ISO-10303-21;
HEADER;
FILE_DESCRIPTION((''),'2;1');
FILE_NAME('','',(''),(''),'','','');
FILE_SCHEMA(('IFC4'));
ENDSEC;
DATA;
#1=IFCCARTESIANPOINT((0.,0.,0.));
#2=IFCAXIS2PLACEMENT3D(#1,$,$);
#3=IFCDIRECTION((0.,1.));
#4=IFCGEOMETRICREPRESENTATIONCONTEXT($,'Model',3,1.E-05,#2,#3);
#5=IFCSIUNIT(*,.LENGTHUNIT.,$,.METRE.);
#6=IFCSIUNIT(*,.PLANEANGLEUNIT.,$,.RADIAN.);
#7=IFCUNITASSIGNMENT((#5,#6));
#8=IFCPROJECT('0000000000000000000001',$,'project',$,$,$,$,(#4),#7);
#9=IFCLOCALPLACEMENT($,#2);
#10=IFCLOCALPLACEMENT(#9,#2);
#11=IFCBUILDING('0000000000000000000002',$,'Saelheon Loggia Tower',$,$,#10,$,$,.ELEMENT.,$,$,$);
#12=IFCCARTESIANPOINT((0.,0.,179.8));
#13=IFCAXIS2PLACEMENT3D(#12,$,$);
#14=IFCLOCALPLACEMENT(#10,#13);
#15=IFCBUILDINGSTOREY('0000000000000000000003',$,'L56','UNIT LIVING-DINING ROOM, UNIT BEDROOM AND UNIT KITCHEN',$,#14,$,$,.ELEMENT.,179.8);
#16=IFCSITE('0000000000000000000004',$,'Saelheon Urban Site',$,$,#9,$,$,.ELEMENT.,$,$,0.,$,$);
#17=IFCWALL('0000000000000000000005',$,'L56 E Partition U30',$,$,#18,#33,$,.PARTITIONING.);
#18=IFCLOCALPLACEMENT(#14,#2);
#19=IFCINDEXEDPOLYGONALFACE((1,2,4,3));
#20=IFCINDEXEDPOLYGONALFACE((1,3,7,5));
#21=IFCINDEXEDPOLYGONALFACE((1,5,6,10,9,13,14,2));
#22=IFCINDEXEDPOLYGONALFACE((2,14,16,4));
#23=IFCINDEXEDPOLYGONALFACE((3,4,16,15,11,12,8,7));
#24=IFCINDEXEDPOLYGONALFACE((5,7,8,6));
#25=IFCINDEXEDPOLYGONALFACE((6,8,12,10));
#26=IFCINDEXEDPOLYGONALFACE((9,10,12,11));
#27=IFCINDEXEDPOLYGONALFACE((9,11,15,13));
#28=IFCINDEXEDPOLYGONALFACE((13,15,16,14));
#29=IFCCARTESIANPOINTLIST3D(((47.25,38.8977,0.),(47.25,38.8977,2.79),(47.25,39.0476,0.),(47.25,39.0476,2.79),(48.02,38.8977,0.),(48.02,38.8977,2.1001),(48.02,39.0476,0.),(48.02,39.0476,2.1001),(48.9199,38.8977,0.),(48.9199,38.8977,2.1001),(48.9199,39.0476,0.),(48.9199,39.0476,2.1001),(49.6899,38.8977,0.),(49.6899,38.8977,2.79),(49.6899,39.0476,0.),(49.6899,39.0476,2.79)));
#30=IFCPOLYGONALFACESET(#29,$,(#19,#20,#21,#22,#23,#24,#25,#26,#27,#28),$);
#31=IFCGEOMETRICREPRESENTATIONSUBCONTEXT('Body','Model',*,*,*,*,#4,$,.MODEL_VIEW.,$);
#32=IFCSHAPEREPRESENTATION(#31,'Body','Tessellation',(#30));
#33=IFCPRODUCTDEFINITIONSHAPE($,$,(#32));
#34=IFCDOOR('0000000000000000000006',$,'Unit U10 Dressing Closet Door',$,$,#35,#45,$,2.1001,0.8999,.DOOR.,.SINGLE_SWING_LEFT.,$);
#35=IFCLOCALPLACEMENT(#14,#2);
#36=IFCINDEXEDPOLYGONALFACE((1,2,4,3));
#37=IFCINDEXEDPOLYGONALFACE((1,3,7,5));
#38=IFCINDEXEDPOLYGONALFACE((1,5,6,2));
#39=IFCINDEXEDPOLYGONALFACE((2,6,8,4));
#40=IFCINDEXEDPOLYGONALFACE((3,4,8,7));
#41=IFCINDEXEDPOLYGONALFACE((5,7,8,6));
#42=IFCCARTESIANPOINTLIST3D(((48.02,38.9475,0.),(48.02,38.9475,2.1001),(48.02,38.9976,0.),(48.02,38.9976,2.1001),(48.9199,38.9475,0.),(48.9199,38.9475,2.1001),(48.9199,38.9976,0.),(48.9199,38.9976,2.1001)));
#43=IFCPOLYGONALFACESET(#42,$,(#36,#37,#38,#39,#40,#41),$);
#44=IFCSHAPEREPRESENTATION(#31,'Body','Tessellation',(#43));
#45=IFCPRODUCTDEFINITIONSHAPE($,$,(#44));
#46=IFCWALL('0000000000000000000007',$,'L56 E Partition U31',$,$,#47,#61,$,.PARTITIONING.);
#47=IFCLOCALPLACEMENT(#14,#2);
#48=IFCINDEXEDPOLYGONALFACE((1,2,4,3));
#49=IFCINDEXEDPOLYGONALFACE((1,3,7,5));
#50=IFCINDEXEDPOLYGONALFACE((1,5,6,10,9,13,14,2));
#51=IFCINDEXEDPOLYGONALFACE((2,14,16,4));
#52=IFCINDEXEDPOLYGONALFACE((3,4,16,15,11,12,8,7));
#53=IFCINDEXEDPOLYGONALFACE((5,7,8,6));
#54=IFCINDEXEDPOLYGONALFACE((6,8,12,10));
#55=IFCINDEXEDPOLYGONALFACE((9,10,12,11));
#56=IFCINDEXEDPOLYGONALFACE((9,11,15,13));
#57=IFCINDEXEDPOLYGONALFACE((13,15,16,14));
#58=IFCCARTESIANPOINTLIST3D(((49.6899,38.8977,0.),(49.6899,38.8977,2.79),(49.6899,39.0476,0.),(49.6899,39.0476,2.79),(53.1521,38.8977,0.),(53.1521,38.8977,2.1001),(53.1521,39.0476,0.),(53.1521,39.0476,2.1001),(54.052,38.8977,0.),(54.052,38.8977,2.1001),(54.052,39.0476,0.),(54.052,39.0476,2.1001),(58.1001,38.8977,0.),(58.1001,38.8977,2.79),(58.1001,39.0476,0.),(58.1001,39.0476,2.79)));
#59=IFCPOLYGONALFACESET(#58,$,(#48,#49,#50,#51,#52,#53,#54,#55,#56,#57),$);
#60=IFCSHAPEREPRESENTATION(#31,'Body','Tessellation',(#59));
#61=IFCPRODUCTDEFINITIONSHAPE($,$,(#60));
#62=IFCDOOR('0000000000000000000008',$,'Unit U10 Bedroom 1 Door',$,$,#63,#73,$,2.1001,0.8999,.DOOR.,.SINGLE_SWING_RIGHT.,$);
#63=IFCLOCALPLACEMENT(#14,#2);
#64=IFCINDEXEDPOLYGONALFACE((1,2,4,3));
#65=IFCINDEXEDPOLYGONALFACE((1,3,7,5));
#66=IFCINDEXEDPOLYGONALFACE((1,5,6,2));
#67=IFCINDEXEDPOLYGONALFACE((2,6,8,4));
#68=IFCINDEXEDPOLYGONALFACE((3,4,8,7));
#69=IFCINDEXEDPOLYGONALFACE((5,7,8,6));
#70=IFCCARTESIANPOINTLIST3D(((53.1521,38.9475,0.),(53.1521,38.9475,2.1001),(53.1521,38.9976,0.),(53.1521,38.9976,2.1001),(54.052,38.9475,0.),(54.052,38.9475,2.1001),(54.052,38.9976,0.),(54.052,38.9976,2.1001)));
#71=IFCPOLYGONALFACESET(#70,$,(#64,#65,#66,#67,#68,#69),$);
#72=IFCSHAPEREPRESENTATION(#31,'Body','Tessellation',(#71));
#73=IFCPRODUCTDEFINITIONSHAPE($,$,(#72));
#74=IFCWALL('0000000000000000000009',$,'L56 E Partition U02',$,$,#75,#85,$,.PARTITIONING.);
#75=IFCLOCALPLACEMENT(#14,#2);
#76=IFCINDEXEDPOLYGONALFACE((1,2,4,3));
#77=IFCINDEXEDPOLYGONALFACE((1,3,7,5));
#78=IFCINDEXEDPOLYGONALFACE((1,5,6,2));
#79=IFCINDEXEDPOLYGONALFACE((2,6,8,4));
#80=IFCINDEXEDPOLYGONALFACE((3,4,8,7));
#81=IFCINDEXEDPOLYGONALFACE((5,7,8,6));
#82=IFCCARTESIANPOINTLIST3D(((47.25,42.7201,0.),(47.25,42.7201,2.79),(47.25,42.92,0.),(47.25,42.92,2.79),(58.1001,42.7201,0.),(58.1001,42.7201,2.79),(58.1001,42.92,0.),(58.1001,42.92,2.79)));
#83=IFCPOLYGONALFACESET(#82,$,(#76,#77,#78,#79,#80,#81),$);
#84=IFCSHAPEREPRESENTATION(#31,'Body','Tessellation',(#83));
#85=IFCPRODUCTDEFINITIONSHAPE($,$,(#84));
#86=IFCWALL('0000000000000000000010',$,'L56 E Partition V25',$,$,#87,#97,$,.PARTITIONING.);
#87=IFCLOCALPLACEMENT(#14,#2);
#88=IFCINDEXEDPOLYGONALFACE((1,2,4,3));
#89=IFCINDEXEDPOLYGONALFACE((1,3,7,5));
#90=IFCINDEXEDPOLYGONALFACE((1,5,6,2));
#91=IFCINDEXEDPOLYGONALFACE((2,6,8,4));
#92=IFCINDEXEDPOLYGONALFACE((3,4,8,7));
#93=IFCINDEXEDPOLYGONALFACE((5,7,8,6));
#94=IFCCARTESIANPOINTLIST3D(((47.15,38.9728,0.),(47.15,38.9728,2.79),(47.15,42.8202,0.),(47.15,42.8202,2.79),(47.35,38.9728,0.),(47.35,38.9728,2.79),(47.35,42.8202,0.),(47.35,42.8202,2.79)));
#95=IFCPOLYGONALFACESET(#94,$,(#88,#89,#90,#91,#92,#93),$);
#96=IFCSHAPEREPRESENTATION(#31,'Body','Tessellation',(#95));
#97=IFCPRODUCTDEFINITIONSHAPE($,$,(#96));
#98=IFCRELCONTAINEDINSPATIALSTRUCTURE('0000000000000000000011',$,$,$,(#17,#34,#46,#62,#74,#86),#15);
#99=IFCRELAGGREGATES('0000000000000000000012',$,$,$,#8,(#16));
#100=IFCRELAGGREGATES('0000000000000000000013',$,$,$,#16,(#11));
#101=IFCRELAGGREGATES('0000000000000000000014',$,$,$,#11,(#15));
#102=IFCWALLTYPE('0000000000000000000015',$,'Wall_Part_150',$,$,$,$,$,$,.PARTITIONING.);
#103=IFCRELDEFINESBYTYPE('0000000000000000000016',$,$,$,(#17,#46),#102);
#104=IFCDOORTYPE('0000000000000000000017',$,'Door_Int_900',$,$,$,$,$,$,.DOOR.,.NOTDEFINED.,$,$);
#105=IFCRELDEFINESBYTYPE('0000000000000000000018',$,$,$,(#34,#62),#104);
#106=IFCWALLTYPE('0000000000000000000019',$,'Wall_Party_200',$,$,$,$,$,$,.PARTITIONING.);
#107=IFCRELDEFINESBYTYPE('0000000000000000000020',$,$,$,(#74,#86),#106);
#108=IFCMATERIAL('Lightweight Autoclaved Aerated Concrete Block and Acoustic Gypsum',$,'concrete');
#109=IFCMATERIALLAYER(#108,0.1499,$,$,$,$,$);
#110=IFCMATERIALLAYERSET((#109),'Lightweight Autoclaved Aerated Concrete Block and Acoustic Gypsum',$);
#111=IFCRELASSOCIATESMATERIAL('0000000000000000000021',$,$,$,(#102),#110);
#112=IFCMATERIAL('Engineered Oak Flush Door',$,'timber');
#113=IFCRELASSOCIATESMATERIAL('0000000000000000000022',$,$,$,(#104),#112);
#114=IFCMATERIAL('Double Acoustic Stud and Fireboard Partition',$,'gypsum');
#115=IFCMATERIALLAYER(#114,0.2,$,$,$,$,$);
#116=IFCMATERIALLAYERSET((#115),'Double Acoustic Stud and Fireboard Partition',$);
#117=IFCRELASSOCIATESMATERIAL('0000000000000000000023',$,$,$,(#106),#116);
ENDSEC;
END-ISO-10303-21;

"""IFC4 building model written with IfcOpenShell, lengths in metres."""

from ifc_helpers import new_model, si_unit, direction, frame, frame_2d, origin, place, context, subcontext, project, spatial, rectangle, extrude, source, transform, mapped, material, layer, layer_set, type_object, element, fill, save


model = new_model("IFC4")

# Units and contexts
model_context = context("Model", 3, precision=1e-05, world=origin(), true_north=direction((0.0, 1.0)))
body_context = subcontext(model_context, "Body", "Model", "MODEL_VIEW")
ifc_project = project(units=[si_unit("LENGTHUNIT", "METRE"), si_unit("PLANEANGLEUNIT", "RADIAN")], contexts=[model_context])

# Site, building, storey
site_placement = place(None, origin())
site = spatial("IfcSite", under=ifc_project, at=site_placement, Name="Saelheon Urban Site", CompositionType="ELEMENT", RefElevation=0.0)
building_placement = place(site_placement, origin())
building = spatial("IfcBuilding", under=site, at=building_placement, Name="Saelheon Loggia Tower", CompositionType="ELEMENT")
storey_placement = place(building_placement, frame((0.0, 0.0, 179.8)))
storey = spatial("IfcBuildingStorey", under=building, at=storey_placement, Name="L56", Description="UNIT LIVING-DINING ROOM, UNIT BEDROOM AND UNIT KITCHEN", CompositionType="ELEMENT", Elevation=179.8)

# Shared definitions
ifc_material_1 = material(Name="Lightweight Autoclaved Aerated Concrete Block and Acoustic Gypsum", Category="concrete")
ifc_layer_1 = layer(ifc_material_1, 0.1499)
ifc_layer_set_1 = layer_set([ifc_layer_1], Name="Lightweight Autoclaved Aerated Concrete Block and Acoustic Gypsum")
wall_type_1 = type_object("IfcWallType", Name="Wall_Part_150", PredefinedType="PARTITIONING", material=ifc_layer_set_1)
ifc_material_2 = material(Name="Engineered Oak Flush Door", Category="timber")
door_type = type_object("IfcDoorType", Name="Door_Int_900", OperationType="NOTDEFINED", PredefinedType="DOOR", material=ifc_material_2)
shared_shape_1 = source(origin(), body_context, "Body", "SweptSolid", [
    extrude(rectangle(XDim=0.8999, YDim=2.1001, at=frame_2d((0.45, 1.05))), frame((0.0, 0.0249, 0.0), z_axis=(0.0, -1.0, 0.0), x_axis=(1.0, 0.0, 0.0)), (0.0, 0.0, 1.0), 0.05),
])

# Walls, openings, doors
wall_1_placement = place(storey_placement, frame((47.25, 38.9727, 0.0), z_axis=(0.0, 0.0, 1.0), x_axis=(1.0, 0.0, 0.0)))
wall_1 = element("IfcWall", 1, at=wall_1_placement, inside=storey, type_object=wall_type_1, Name="L56 E Partition U30", PredefinedType="PARTITIONING", context=body_context, shape_type="SweptSolid", body=[
    extrude(rectangle(XDim=2.4399, YDim=0.1499, at=frame_2d((1.22, 0.0))), origin(), (0.0, 0.0, 1.0), 2.79),
])
opening_1_placement = place(wall_1_placement, frame((0.77, 0.0, 0.0)))
opening_1 = element("IfcOpeningElement", 2, at=opening_1_placement, cuts=wall_1, PredefinedType="OPENING", context=body_context, shape_type="SweptSolid", body=[
    extrude(rectangle(XDim=0.8999, YDim=2.1001, at=frame_2d((0.45, 1.05))), frame((0.0, 0.0869, 0.0), z_axis=(0.0, -1.0, 0.0), x_axis=(1.0, 0.0, 0.0)), (0.0, 0.0, 1.0), 0.1738),
])
door_1_placement = place(opening_1_placement, origin())
door_1 = element("IfcDoor", 3, at=door_1_placement, inside=storey, type_object=door_type, Name="Unit U10 Dressing Closet Door", OperationType="SINGLE_SWING_LEFT", OverallHeight=2.1001, OverallWidth=0.8999, PredefinedType="DOOR", context=body_context, shape_type="MappedRepresentation", body=[
    mapped(shared_shape_1, transform((0.0, 0.0, 0.0), scale=1.0)),
])
fill(opening_1, door_1)
wall_2_placement = place(storey_placement, frame((49.6899, 38.9727, 0.0), z_axis=(0.0, 0.0, 1.0), x_axis=(1.0, 0.0, 0.0)))
wall_2 = element("IfcWall", 4, at=wall_2_placement, inside=storey, type_object=wall_type_1, Name="L56 E Partition U31", PredefinedType="PARTITIONING", context=body_context, shape_type="SweptSolid", body=[
    extrude(rectangle(XDim=8.4102, YDim=0.1499, at=frame_2d((4.2051, 0.0))), origin(), (0.0, 0.0, 1.0), 2.79),
])
opening_2_placement = place(wall_2_placement, frame((3.4622, 0.0, 0.0)))
opening_2 = element("IfcOpeningElement", 5, at=opening_2_placement, cuts=wall_2, PredefinedType="OPENING", context=body_context, shape_type="SweptSolid", body=[
    extrude(rectangle(XDim=0.8999, YDim=2.1001, at=frame_2d((0.45, 1.05))), frame((0.0, 0.0869, 0.0), z_axis=(0.0, -1.0, 0.0), x_axis=(1.0, 0.0, 0.0)), (0.0, 0.0, 1.0), 0.1738),
])
door_2_placement = place(opening_2_placement, origin())
door_2 = element("IfcDoor", 6, at=door_2_placement, inside=storey, type_object=door_type, Name="Unit U10 Bedroom 1 Door", OperationType="SINGLE_SWING_RIGHT", OverallHeight=2.1001, OverallWidth=0.8999, PredefinedType="DOOR", context=body_context, shape_type="MappedRepresentation", body=[
    mapped(shared_shape_1, transform((0.0, 0.0, 0.0), scale=1.0)),
])
fill(opening_2, door_2)

# Walls
ifc_material_3 = material(Name="Double Acoustic Stud and Fireboard Partition", Category="gypsum")
ifc_layer_2 = layer(ifc_material_3, 0.2)
ifc_layer_set_2 = layer_set([ifc_layer_2], Name="Double Acoustic Stud and Fireboard Partition")
wall_type_2 = type_object("IfcWallType", Name="Wall_Party_200", PredefinedType="PARTITIONING", material=ifc_layer_set_2)
wall_3_placement = place(storey_placement, frame((47.25, 42.8201, 0.0), z_axis=(0.0, 0.0, 1.0), x_axis=(1.0, 0.0, 0.0)))
element("IfcWall", 7, at=wall_3_placement, inside=storey, type_object=wall_type_2, Name="L56 E Partition U02", PredefinedType="PARTITIONING", context=body_context, shape_type="SweptSolid", body=[
    extrude(rectangle(XDim=10.8501, YDim=0.2, at=frame_2d((5.425, 0.0))), origin(), (0.0, 0.0, 1.0), 2.79),
])
wall_4_placement = place(storey_placement, frame((47.25, 38.9727, 0.0), z_axis=(0.0, 0.0, 1.0), x_axis=(0.0, 1.0, 0.0)))
element("IfcWall", 8, at=wall_4_placement, inside=storey, type_object=wall_type_2, Name="L56 E Partition V25", PredefinedType="PARTITIONING", context=body_context, shape_type="SweptSolid", body=[
    extrude(rectangle(XDim=3.8474, YDim=0.2, at=frame_2d((1.9238, 0.0))), origin(), (0.0, 0.0, 1.0), 2.79),
])

save(model, "model.ifc")
